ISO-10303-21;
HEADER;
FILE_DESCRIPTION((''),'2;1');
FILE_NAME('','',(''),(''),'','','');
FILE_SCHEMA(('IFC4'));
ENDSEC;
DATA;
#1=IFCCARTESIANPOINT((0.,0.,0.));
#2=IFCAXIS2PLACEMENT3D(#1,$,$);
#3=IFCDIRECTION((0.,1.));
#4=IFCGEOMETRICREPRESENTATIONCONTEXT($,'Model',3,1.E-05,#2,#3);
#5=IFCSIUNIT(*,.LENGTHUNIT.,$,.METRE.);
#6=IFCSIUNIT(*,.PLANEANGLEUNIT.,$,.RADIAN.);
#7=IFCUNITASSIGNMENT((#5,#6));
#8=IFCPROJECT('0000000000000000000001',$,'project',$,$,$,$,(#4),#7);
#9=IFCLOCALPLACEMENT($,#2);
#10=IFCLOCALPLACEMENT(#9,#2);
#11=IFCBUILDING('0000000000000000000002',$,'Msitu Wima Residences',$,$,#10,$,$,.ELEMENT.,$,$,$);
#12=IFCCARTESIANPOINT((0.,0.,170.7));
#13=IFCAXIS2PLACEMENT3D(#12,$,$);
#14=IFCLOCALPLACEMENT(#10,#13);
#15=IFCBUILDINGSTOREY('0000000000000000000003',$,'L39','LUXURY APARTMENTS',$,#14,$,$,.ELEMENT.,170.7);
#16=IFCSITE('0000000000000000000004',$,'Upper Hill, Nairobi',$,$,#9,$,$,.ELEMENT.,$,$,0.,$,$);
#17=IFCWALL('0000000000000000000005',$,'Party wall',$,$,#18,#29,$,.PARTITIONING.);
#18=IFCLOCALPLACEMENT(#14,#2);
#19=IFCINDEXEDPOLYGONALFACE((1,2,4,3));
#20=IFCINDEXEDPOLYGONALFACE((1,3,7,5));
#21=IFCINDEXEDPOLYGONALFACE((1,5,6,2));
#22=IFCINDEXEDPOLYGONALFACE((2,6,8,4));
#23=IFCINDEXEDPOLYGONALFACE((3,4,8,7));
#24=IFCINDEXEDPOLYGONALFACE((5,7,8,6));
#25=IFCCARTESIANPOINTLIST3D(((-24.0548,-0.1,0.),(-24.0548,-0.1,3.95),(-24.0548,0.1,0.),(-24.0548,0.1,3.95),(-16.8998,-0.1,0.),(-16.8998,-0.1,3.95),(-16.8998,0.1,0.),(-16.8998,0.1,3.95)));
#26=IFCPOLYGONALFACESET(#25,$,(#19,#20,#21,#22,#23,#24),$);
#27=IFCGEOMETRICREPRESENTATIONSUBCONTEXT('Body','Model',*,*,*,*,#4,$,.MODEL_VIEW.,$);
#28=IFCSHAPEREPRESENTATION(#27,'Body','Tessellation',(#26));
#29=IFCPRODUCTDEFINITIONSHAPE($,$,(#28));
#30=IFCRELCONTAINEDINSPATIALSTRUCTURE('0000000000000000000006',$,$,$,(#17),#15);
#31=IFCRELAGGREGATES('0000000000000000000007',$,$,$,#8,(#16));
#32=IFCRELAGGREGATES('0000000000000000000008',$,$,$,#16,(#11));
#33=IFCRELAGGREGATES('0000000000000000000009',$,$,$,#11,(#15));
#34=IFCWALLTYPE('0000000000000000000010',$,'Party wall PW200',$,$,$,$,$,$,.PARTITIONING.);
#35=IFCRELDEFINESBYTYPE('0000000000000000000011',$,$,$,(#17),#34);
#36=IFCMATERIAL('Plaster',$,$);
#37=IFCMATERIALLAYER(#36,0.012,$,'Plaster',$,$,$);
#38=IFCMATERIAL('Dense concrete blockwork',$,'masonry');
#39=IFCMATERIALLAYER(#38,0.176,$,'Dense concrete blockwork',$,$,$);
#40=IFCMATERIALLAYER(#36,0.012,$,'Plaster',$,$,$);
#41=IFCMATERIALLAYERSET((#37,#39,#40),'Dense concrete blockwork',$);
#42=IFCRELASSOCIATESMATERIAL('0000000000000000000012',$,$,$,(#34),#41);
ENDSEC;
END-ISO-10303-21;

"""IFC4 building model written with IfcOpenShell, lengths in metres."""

from ifc_helpers import new_model, si_unit, direction, frame, frame_2d, origin, place, context, subcontext, project, spatial, rectangle, extrude, material, layer, layer_set, type_object, element, save


model = new_model("IFC4")

# Units and contexts
model_context = context("Model", 3, precision=1e-05, world=origin(), true_north=direction((0.0, 1.0)))
body_context = subcontext(model_context, "Body", "Model", "MODEL_VIEW")
ifc_project = project(units=[si_unit("LENGTHUNIT", "METRE"), si_unit("PLANEANGLEUNIT", "RADIAN")], contexts=[model_context])

# Site, building, storey
site_placement = place(None, origin())
site = spatial("IfcSite", under=ifc_project, at=site_placement, Name="Upper Hill, Nairobi", CompositionType="ELEMENT", RefElevation=0.0)
building_placement = place(site_placement, origin())
building = spatial("IfcBuilding", under=site, at=building_placement, Name="Msitu Wima Residences", CompositionType="ELEMENT")
storey_placement = place(building_placement, frame((0.0, 0.0, 170.7)))
storey = spatial("IfcBuildingStorey", under=building, at=storey_placement, Name="L39", Description="LUXURY APARTMENTS", CompositionType="ELEMENT", Elevation=170.7)

# Wall
ifc_material_1 = material(Name="Plaster")
ifc_layer_1 = layer(ifc_material_1, 0.012, Name="Plaster")
ifc_material_2 = material(Name="Dense concrete blockwork", Category="masonry")
ifc_layer_2 = layer(ifc_material_2, 0.176, Name="Dense concrete blockwork")
ifc_layer_3 = layer(ifc_material_1, 0.012, Name="Plaster")
ifc_layer_set_1 = layer_set([ifc_layer_1, ifc_layer_2, ifc_layer_3], Name="Dense concrete blockwork")
wall_type_1 = type_object("IfcWallType", Name="Party wall PW200", PredefinedType="PARTITIONING", material=ifc_layer_set_1)
wall_1_placement = place(storey_placement, frame((-24.0549, 0.0, 0.0), z_axis=(0.0, 0.0, 1.0), x_axis=(1.0, 0.0, 0.0)))
element("IfcWall", 1, at=wall_1_placement, inside=storey, type_object=wall_type_1, Name="Party wall", PredefinedType="PARTITIONING", context=body_context, shape_type="SweptSolid", body=[
    extrude(rectangle(XDim=7.155, YDim=0.2, at=frame_2d((3.5776, 0.0))), origin(), (0.0, 0.0, 1.0), 3.95),
])

save(model, "model.ifc")
